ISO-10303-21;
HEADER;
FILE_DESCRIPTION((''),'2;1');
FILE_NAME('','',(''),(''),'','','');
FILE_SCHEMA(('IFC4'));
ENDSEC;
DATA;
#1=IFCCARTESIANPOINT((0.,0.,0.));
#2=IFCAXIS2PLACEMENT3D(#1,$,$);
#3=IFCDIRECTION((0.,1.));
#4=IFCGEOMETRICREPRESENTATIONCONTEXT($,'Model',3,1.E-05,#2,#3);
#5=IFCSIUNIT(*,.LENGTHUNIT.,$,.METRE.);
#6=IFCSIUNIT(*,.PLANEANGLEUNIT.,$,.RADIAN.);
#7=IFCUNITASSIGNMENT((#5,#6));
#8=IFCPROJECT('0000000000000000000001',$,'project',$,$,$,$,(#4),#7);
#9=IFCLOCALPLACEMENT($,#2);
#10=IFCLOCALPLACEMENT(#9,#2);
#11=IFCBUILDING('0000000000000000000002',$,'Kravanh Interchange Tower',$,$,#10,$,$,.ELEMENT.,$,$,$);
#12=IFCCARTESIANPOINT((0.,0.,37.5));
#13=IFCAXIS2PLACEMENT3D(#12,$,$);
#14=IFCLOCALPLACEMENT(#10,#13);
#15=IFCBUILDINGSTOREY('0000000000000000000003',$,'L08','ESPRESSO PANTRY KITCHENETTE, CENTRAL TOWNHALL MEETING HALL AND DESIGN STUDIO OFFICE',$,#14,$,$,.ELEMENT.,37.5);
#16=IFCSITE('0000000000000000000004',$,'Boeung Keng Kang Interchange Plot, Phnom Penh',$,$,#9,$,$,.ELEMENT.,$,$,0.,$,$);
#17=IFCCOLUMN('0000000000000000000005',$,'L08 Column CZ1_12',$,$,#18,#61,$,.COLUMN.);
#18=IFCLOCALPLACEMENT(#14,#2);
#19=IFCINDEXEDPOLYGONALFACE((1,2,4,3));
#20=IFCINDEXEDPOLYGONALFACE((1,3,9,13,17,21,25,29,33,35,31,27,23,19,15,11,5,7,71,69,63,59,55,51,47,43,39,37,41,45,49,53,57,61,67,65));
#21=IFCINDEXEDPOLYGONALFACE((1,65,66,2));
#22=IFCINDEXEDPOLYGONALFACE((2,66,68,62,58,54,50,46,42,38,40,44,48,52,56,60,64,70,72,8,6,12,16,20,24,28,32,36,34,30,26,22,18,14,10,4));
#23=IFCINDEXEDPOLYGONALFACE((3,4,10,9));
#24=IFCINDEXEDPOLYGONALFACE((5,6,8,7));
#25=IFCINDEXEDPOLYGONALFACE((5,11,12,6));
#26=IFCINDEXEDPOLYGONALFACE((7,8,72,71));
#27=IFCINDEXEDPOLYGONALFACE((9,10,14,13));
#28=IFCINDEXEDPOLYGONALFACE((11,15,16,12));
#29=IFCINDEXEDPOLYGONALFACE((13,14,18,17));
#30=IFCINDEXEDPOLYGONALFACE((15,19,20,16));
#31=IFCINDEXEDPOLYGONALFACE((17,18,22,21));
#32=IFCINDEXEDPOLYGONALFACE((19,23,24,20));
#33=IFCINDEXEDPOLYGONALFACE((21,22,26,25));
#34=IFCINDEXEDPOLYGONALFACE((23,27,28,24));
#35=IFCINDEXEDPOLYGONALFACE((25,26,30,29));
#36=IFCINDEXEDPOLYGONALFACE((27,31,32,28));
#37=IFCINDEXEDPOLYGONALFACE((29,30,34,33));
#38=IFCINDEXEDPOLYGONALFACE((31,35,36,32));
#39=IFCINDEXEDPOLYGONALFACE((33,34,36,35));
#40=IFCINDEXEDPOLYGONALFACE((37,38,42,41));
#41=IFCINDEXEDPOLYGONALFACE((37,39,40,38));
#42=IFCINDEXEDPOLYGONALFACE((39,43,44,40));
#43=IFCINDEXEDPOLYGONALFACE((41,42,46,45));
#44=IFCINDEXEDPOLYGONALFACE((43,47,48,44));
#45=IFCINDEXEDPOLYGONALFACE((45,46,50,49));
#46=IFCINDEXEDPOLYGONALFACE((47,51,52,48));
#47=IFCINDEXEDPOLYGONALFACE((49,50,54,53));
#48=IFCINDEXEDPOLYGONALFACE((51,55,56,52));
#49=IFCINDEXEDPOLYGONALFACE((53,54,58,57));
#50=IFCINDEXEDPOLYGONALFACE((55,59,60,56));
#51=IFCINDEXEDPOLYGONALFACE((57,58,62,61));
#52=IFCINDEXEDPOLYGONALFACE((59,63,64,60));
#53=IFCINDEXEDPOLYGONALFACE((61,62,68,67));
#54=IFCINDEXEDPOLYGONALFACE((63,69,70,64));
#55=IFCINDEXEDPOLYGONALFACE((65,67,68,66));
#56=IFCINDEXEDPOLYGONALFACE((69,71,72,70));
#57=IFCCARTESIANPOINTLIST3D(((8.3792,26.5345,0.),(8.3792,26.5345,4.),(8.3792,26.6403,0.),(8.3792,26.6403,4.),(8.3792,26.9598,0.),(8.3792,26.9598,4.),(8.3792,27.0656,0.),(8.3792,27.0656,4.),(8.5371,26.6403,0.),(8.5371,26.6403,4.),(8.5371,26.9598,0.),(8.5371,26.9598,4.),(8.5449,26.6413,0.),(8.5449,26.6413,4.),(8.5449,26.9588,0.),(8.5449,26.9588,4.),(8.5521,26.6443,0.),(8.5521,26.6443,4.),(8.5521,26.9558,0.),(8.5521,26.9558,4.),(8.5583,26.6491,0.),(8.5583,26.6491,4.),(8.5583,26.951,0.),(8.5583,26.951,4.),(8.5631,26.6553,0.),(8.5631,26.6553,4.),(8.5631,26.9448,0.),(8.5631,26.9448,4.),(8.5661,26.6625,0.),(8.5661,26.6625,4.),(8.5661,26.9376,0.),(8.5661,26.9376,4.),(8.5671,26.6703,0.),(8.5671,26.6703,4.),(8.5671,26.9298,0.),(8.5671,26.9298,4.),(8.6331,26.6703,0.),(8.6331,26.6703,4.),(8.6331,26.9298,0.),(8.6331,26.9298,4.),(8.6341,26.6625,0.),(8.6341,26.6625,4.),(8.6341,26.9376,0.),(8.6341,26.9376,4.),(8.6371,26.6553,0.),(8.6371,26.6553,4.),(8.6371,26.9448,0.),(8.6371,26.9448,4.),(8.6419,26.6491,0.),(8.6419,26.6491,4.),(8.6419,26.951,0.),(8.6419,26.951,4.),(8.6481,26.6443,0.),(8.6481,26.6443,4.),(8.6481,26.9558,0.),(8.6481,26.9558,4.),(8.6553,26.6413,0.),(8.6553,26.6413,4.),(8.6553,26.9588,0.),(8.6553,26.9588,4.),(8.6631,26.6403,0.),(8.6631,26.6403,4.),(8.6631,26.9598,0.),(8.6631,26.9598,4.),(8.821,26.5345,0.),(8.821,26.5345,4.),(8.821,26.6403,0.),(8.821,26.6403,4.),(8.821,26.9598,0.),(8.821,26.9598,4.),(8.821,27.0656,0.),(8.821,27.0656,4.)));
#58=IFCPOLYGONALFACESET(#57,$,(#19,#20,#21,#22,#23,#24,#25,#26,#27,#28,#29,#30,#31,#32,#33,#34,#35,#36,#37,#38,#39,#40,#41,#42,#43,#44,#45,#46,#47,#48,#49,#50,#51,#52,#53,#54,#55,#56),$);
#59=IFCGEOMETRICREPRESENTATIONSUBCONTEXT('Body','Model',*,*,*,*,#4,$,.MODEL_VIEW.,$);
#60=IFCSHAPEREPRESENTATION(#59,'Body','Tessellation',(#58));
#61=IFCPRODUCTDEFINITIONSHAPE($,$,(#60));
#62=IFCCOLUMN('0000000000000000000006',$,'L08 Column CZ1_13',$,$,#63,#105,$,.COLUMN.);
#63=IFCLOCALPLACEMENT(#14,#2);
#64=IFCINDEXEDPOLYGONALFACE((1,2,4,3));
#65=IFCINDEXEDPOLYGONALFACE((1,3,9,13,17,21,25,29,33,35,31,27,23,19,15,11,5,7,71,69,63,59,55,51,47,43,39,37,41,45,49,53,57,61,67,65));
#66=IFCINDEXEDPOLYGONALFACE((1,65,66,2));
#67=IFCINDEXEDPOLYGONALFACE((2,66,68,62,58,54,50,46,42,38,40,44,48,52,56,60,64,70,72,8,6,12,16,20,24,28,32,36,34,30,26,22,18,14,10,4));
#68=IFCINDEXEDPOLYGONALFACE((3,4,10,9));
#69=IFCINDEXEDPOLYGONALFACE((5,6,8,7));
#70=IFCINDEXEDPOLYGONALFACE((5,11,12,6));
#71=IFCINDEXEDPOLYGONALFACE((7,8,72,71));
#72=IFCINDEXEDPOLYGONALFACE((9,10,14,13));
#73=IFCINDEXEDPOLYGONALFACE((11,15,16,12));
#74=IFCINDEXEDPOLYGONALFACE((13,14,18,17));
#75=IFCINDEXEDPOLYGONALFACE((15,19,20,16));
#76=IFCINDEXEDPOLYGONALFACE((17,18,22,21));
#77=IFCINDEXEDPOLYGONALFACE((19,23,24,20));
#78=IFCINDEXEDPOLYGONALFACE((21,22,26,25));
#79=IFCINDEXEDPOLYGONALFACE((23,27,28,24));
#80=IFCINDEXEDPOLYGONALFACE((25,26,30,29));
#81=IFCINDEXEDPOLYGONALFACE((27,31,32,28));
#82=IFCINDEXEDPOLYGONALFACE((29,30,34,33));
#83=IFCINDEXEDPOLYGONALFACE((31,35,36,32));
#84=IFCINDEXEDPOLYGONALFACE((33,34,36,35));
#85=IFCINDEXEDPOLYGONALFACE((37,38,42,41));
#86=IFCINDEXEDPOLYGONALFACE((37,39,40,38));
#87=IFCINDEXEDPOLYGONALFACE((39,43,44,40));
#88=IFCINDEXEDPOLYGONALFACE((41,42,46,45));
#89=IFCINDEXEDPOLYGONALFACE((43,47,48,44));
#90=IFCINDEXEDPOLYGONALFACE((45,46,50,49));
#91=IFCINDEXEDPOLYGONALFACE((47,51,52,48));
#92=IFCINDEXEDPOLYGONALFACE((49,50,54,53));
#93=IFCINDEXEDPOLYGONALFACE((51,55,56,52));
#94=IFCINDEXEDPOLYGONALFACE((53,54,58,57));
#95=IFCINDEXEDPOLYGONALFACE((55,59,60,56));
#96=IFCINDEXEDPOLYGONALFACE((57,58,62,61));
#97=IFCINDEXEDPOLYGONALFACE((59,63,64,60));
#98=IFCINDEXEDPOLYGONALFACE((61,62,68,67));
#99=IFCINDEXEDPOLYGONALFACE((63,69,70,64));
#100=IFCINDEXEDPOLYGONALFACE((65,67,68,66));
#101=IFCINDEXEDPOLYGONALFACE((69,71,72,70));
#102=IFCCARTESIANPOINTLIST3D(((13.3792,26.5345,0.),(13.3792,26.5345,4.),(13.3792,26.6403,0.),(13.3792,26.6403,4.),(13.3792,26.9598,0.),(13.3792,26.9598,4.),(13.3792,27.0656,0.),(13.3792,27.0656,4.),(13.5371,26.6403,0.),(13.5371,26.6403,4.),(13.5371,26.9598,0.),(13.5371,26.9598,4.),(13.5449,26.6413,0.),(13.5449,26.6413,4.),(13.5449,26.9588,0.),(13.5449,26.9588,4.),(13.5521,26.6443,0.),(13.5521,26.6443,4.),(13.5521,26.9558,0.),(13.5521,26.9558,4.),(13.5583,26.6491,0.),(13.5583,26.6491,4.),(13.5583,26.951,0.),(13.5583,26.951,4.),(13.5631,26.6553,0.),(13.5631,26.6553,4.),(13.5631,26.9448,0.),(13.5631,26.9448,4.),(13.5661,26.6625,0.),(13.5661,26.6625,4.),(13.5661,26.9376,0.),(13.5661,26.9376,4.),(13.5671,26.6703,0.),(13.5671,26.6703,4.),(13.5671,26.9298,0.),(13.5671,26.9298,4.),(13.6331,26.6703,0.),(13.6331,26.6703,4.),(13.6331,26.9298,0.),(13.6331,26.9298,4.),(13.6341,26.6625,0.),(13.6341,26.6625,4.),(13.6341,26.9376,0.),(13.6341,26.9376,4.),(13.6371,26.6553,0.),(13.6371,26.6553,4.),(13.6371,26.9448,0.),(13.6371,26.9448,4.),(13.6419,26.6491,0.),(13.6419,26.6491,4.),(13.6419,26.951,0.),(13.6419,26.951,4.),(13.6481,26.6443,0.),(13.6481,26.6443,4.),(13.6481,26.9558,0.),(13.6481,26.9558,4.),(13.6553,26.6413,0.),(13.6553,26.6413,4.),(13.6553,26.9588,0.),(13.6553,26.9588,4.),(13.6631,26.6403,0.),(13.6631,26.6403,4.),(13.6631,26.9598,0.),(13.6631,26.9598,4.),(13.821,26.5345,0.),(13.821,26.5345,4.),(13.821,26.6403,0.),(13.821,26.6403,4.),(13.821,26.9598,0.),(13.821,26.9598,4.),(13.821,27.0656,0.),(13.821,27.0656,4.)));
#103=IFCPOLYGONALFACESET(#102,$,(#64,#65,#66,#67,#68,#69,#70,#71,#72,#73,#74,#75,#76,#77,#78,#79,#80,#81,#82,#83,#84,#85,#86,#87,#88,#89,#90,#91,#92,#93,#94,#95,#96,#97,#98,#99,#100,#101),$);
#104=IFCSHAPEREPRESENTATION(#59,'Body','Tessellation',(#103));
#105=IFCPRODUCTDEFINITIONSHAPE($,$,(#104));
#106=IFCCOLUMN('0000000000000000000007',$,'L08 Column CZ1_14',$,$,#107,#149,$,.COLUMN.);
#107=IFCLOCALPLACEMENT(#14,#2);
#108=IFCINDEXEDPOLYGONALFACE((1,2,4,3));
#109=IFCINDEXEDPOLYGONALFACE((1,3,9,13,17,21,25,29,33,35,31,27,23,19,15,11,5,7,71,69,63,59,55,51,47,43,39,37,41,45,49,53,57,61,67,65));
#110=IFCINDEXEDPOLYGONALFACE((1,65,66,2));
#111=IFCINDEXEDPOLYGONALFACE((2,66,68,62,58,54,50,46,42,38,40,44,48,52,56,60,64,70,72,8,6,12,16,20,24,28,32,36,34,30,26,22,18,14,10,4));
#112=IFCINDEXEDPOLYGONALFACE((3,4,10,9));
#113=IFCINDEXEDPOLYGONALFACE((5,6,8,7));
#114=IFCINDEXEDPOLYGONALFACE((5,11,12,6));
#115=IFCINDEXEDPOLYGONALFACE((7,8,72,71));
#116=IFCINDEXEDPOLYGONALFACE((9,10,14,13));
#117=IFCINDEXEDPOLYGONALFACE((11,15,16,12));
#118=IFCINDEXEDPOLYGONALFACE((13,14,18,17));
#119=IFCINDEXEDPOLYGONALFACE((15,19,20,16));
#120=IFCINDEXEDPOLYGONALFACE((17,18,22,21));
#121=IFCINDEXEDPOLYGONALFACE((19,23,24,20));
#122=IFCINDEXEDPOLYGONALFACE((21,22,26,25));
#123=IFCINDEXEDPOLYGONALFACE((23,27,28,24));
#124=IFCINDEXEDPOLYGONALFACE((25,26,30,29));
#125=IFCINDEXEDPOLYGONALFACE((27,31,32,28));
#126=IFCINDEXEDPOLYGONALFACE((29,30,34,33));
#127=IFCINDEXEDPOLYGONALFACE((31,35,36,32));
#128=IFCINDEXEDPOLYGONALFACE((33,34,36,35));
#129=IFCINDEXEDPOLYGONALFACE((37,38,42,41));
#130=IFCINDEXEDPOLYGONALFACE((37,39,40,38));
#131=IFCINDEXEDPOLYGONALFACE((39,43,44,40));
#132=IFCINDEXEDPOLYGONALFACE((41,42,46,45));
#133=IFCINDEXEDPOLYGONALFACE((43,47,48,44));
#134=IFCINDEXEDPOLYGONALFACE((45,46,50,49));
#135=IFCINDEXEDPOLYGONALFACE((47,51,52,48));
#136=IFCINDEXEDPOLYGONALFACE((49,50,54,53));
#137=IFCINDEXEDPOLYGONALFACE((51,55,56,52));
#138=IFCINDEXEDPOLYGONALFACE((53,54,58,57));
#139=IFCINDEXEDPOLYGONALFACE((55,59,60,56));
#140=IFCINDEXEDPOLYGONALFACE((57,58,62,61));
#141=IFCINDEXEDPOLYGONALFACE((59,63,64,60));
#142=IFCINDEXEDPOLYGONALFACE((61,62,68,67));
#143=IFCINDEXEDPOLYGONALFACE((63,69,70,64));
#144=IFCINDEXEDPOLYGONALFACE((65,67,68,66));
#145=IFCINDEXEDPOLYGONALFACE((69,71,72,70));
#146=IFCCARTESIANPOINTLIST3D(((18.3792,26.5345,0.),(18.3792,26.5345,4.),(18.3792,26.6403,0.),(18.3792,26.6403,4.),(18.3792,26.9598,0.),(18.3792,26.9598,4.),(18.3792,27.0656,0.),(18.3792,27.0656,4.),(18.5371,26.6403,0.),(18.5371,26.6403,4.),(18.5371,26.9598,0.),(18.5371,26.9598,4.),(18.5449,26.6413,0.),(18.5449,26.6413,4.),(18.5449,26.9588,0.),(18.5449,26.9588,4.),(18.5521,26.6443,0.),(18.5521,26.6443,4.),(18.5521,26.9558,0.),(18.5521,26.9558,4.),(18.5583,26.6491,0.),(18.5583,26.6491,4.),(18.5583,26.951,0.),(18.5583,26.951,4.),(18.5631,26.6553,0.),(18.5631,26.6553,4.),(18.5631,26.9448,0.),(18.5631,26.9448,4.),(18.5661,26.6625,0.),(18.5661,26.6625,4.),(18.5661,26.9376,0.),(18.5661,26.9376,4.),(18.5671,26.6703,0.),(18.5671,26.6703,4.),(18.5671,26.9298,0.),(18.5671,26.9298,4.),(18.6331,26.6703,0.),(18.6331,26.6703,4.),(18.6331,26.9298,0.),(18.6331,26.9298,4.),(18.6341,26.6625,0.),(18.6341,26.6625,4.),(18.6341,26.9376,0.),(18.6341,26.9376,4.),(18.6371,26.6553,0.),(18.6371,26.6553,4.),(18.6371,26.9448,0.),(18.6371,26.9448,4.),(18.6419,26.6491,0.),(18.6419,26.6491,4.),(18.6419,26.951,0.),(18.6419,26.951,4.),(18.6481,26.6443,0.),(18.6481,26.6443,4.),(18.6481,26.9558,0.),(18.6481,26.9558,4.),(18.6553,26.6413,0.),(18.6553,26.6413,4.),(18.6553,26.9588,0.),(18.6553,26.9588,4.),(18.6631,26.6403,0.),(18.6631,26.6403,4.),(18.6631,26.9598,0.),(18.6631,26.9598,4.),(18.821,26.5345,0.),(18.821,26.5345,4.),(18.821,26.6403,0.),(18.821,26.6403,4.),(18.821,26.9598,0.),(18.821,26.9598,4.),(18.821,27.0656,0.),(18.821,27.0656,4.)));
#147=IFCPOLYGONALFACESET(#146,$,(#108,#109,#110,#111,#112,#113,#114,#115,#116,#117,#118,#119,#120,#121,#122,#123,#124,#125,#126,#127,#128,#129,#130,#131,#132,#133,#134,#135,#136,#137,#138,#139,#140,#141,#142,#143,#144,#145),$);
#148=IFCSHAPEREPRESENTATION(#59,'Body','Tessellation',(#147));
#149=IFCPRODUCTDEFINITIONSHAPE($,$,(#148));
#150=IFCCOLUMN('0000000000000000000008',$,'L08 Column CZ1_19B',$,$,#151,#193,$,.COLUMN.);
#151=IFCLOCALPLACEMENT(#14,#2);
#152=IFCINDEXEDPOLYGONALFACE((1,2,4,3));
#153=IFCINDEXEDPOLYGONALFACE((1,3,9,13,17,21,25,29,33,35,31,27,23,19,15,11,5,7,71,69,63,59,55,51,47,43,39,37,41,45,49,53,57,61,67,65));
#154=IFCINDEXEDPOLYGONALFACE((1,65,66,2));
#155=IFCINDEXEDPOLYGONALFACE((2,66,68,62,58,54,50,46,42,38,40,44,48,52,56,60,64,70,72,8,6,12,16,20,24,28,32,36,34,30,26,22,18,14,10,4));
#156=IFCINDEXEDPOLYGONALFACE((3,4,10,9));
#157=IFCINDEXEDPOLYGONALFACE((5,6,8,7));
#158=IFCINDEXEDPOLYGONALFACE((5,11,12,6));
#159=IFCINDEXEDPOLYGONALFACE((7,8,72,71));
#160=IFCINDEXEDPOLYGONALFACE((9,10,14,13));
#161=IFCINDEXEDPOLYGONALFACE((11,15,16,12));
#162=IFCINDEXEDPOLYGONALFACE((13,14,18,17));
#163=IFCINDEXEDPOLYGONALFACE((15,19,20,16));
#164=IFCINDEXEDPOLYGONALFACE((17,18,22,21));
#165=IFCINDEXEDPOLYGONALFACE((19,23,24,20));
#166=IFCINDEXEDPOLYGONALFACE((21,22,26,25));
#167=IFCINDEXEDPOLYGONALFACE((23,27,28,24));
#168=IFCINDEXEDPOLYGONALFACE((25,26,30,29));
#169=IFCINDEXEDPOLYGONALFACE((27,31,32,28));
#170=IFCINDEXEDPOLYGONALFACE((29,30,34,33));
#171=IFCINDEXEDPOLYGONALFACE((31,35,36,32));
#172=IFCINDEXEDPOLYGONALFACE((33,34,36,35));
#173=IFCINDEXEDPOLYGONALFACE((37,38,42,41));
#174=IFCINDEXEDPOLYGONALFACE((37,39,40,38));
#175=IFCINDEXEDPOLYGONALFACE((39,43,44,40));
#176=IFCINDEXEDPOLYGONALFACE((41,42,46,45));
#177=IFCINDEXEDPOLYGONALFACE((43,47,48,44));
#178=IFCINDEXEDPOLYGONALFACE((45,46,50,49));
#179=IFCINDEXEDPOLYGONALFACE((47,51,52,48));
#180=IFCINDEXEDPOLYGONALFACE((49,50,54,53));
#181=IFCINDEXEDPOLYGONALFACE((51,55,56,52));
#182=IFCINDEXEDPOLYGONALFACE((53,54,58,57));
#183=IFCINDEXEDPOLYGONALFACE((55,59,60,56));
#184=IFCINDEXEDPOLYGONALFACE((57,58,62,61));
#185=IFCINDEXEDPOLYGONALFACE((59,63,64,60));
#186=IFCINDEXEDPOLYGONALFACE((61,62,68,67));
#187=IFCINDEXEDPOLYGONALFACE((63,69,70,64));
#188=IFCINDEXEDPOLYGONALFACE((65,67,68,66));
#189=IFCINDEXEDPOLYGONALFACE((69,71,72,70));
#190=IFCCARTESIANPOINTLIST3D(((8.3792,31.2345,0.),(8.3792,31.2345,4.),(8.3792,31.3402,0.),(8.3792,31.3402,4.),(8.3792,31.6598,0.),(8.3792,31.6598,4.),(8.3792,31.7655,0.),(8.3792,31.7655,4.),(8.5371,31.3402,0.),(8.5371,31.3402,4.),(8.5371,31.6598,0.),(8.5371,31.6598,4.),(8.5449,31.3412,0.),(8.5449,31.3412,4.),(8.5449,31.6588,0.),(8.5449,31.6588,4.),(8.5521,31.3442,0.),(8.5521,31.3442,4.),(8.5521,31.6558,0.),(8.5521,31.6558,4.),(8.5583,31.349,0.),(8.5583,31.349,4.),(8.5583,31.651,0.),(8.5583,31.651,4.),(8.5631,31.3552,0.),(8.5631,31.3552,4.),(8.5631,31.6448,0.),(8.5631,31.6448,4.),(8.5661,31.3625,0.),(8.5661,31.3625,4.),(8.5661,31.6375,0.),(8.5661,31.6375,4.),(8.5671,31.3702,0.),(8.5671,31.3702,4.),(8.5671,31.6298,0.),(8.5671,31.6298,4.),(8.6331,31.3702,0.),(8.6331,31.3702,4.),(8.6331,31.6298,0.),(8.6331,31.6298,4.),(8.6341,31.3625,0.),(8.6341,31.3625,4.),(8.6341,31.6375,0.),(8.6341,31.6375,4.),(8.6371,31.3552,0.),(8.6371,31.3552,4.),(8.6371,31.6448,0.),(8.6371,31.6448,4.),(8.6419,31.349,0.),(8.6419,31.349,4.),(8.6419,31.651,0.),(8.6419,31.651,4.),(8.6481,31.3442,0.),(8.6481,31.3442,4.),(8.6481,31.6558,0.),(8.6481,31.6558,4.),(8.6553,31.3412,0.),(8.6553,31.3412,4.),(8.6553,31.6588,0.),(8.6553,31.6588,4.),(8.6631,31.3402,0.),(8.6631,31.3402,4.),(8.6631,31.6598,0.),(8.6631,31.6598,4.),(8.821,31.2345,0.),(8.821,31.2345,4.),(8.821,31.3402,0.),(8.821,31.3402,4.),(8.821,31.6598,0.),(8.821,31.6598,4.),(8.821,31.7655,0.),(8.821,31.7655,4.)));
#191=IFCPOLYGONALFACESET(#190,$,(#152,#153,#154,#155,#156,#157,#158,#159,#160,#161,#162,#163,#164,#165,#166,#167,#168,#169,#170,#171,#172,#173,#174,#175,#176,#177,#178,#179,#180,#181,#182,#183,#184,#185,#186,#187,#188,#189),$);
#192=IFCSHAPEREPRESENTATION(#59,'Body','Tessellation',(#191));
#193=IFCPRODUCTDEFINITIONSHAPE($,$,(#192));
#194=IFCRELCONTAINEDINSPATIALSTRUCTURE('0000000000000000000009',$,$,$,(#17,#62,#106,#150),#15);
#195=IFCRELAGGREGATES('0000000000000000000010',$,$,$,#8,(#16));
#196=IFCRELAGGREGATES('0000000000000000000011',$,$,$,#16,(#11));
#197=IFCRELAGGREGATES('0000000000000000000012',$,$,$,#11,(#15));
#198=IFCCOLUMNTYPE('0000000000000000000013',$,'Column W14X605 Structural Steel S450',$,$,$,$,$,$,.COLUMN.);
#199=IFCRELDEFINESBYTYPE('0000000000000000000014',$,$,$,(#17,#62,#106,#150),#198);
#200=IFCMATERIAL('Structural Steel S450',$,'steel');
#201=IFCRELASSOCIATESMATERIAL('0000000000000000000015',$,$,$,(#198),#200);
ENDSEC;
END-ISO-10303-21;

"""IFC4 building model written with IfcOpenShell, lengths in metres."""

from ifc_helpers import new_model, si_unit, direction, frame, origin, origin_2d, place, context, subcontext, project, spatial, i_section, extrude, material, material_profile, profile_set, type_object, element, save


model = new_model("IFC4")

# Units and contexts
model_context = context("Model", 3, precision=1e-05, world=origin(), true_north=direction((0.0, 1.0)))
body_context = subcontext(model_context, "Body", "Model", "MODEL_VIEW")
ifc_project = project(units=[si_unit("LENGTHUNIT", "METRE"), si_unit("PLANEANGLEUNIT", "RADIAN")], contexts=[model_context])

# Site, building, storey
site_placement = place(None, origin())
site = spatial("IfcSite", under=ifc_project, at=site_placement, Name="Boeung Keng Kang Interchange Plot, Phnom Penh", CompositionType="ELEMENT", RefElevation=0.0)
building_placement = place(site_placement, origin())
building = spatial("IfcBuilding", under=site, at=building_placement, Name="Kravanh Interchange Tower", CompositionType="ELEMENT")
storey_placement = place(building_placement, frame((0.0, 0.0, 37.5)))
storey = spatial("IfcBuildingStorey", under=building, at=storey_placement, Name="L08", Description="ESPRESSO PANTRY KITCHENETTE, CENTRAL TOWNHALL MEETING HALL AND DESIGN STUDIO OFFICE", CompositionType="ELEMENT", Elevation=37.5)

# Columns
ifc_material_1 = material(Name="Structural Steel S450", Category="steel")
ifc_material_profile_1 = material_profile(ifc_material_1, i_section(OverallWidth=0.4419, OverallDepth=0.531, WebThickness=0.0659, FlangeThickness=0.1057, FilletRadius=0.03, at=origin_2d()), Name="W14X605")
ifc_profile_set_1 = profile_set([ifc_material_profile_1], Name="Structural Steel S450")
column_type = type_object("IfcColumnType", Name="Column W14X605 Structural Steel S450", PredefinedType="COLUMN", material=ifc_profile_set_1)
for number, where, z_axis, x_axis, name in (
    (1, (8.6001, 26.8, 0.0), (0.0, 0.0, 1.0), (1.0, 0.0, 0.0), "L08 Column CZ1_12"),
    (2, (13.6001, 26.8, 0.0), (0.0, 0.0, 1.0), (1.0, 0.0, 0.0), "L08 Column CZ1_13"),
    (3, (18.6001, 26.8, 0.0), (0.0, 0.0, 1.0), (1.0, 0.0, 0.0), "L08 Column CZ1_14"),
    (4, (8.6001, 31.5, 0.0), (0.0, 0.0, 1.0), (1.0, 0.0, 0.0), "L08 Column CZ1_19B"),
):
    element("IfcColumn", number, at=place(storey_placement, frame(where, z_axis=z_axis, x_axis=x_axis)), inside=storey, type_object=column_type, Name=name, PredefinedType="COLUMN", context=body_context, shape_type="SweptSolid", body=[
        extrude(i_section(OverallWidth=0.4419, OverallDepth=0.531, WebThickness=0.0659, FlangeThickness=0.1057, FilletRadius=0.03, at=origin_2d()), origin(), (0.0, 0.0, 1.0), 4.0),
    ])

save(model, "model.ifc")
